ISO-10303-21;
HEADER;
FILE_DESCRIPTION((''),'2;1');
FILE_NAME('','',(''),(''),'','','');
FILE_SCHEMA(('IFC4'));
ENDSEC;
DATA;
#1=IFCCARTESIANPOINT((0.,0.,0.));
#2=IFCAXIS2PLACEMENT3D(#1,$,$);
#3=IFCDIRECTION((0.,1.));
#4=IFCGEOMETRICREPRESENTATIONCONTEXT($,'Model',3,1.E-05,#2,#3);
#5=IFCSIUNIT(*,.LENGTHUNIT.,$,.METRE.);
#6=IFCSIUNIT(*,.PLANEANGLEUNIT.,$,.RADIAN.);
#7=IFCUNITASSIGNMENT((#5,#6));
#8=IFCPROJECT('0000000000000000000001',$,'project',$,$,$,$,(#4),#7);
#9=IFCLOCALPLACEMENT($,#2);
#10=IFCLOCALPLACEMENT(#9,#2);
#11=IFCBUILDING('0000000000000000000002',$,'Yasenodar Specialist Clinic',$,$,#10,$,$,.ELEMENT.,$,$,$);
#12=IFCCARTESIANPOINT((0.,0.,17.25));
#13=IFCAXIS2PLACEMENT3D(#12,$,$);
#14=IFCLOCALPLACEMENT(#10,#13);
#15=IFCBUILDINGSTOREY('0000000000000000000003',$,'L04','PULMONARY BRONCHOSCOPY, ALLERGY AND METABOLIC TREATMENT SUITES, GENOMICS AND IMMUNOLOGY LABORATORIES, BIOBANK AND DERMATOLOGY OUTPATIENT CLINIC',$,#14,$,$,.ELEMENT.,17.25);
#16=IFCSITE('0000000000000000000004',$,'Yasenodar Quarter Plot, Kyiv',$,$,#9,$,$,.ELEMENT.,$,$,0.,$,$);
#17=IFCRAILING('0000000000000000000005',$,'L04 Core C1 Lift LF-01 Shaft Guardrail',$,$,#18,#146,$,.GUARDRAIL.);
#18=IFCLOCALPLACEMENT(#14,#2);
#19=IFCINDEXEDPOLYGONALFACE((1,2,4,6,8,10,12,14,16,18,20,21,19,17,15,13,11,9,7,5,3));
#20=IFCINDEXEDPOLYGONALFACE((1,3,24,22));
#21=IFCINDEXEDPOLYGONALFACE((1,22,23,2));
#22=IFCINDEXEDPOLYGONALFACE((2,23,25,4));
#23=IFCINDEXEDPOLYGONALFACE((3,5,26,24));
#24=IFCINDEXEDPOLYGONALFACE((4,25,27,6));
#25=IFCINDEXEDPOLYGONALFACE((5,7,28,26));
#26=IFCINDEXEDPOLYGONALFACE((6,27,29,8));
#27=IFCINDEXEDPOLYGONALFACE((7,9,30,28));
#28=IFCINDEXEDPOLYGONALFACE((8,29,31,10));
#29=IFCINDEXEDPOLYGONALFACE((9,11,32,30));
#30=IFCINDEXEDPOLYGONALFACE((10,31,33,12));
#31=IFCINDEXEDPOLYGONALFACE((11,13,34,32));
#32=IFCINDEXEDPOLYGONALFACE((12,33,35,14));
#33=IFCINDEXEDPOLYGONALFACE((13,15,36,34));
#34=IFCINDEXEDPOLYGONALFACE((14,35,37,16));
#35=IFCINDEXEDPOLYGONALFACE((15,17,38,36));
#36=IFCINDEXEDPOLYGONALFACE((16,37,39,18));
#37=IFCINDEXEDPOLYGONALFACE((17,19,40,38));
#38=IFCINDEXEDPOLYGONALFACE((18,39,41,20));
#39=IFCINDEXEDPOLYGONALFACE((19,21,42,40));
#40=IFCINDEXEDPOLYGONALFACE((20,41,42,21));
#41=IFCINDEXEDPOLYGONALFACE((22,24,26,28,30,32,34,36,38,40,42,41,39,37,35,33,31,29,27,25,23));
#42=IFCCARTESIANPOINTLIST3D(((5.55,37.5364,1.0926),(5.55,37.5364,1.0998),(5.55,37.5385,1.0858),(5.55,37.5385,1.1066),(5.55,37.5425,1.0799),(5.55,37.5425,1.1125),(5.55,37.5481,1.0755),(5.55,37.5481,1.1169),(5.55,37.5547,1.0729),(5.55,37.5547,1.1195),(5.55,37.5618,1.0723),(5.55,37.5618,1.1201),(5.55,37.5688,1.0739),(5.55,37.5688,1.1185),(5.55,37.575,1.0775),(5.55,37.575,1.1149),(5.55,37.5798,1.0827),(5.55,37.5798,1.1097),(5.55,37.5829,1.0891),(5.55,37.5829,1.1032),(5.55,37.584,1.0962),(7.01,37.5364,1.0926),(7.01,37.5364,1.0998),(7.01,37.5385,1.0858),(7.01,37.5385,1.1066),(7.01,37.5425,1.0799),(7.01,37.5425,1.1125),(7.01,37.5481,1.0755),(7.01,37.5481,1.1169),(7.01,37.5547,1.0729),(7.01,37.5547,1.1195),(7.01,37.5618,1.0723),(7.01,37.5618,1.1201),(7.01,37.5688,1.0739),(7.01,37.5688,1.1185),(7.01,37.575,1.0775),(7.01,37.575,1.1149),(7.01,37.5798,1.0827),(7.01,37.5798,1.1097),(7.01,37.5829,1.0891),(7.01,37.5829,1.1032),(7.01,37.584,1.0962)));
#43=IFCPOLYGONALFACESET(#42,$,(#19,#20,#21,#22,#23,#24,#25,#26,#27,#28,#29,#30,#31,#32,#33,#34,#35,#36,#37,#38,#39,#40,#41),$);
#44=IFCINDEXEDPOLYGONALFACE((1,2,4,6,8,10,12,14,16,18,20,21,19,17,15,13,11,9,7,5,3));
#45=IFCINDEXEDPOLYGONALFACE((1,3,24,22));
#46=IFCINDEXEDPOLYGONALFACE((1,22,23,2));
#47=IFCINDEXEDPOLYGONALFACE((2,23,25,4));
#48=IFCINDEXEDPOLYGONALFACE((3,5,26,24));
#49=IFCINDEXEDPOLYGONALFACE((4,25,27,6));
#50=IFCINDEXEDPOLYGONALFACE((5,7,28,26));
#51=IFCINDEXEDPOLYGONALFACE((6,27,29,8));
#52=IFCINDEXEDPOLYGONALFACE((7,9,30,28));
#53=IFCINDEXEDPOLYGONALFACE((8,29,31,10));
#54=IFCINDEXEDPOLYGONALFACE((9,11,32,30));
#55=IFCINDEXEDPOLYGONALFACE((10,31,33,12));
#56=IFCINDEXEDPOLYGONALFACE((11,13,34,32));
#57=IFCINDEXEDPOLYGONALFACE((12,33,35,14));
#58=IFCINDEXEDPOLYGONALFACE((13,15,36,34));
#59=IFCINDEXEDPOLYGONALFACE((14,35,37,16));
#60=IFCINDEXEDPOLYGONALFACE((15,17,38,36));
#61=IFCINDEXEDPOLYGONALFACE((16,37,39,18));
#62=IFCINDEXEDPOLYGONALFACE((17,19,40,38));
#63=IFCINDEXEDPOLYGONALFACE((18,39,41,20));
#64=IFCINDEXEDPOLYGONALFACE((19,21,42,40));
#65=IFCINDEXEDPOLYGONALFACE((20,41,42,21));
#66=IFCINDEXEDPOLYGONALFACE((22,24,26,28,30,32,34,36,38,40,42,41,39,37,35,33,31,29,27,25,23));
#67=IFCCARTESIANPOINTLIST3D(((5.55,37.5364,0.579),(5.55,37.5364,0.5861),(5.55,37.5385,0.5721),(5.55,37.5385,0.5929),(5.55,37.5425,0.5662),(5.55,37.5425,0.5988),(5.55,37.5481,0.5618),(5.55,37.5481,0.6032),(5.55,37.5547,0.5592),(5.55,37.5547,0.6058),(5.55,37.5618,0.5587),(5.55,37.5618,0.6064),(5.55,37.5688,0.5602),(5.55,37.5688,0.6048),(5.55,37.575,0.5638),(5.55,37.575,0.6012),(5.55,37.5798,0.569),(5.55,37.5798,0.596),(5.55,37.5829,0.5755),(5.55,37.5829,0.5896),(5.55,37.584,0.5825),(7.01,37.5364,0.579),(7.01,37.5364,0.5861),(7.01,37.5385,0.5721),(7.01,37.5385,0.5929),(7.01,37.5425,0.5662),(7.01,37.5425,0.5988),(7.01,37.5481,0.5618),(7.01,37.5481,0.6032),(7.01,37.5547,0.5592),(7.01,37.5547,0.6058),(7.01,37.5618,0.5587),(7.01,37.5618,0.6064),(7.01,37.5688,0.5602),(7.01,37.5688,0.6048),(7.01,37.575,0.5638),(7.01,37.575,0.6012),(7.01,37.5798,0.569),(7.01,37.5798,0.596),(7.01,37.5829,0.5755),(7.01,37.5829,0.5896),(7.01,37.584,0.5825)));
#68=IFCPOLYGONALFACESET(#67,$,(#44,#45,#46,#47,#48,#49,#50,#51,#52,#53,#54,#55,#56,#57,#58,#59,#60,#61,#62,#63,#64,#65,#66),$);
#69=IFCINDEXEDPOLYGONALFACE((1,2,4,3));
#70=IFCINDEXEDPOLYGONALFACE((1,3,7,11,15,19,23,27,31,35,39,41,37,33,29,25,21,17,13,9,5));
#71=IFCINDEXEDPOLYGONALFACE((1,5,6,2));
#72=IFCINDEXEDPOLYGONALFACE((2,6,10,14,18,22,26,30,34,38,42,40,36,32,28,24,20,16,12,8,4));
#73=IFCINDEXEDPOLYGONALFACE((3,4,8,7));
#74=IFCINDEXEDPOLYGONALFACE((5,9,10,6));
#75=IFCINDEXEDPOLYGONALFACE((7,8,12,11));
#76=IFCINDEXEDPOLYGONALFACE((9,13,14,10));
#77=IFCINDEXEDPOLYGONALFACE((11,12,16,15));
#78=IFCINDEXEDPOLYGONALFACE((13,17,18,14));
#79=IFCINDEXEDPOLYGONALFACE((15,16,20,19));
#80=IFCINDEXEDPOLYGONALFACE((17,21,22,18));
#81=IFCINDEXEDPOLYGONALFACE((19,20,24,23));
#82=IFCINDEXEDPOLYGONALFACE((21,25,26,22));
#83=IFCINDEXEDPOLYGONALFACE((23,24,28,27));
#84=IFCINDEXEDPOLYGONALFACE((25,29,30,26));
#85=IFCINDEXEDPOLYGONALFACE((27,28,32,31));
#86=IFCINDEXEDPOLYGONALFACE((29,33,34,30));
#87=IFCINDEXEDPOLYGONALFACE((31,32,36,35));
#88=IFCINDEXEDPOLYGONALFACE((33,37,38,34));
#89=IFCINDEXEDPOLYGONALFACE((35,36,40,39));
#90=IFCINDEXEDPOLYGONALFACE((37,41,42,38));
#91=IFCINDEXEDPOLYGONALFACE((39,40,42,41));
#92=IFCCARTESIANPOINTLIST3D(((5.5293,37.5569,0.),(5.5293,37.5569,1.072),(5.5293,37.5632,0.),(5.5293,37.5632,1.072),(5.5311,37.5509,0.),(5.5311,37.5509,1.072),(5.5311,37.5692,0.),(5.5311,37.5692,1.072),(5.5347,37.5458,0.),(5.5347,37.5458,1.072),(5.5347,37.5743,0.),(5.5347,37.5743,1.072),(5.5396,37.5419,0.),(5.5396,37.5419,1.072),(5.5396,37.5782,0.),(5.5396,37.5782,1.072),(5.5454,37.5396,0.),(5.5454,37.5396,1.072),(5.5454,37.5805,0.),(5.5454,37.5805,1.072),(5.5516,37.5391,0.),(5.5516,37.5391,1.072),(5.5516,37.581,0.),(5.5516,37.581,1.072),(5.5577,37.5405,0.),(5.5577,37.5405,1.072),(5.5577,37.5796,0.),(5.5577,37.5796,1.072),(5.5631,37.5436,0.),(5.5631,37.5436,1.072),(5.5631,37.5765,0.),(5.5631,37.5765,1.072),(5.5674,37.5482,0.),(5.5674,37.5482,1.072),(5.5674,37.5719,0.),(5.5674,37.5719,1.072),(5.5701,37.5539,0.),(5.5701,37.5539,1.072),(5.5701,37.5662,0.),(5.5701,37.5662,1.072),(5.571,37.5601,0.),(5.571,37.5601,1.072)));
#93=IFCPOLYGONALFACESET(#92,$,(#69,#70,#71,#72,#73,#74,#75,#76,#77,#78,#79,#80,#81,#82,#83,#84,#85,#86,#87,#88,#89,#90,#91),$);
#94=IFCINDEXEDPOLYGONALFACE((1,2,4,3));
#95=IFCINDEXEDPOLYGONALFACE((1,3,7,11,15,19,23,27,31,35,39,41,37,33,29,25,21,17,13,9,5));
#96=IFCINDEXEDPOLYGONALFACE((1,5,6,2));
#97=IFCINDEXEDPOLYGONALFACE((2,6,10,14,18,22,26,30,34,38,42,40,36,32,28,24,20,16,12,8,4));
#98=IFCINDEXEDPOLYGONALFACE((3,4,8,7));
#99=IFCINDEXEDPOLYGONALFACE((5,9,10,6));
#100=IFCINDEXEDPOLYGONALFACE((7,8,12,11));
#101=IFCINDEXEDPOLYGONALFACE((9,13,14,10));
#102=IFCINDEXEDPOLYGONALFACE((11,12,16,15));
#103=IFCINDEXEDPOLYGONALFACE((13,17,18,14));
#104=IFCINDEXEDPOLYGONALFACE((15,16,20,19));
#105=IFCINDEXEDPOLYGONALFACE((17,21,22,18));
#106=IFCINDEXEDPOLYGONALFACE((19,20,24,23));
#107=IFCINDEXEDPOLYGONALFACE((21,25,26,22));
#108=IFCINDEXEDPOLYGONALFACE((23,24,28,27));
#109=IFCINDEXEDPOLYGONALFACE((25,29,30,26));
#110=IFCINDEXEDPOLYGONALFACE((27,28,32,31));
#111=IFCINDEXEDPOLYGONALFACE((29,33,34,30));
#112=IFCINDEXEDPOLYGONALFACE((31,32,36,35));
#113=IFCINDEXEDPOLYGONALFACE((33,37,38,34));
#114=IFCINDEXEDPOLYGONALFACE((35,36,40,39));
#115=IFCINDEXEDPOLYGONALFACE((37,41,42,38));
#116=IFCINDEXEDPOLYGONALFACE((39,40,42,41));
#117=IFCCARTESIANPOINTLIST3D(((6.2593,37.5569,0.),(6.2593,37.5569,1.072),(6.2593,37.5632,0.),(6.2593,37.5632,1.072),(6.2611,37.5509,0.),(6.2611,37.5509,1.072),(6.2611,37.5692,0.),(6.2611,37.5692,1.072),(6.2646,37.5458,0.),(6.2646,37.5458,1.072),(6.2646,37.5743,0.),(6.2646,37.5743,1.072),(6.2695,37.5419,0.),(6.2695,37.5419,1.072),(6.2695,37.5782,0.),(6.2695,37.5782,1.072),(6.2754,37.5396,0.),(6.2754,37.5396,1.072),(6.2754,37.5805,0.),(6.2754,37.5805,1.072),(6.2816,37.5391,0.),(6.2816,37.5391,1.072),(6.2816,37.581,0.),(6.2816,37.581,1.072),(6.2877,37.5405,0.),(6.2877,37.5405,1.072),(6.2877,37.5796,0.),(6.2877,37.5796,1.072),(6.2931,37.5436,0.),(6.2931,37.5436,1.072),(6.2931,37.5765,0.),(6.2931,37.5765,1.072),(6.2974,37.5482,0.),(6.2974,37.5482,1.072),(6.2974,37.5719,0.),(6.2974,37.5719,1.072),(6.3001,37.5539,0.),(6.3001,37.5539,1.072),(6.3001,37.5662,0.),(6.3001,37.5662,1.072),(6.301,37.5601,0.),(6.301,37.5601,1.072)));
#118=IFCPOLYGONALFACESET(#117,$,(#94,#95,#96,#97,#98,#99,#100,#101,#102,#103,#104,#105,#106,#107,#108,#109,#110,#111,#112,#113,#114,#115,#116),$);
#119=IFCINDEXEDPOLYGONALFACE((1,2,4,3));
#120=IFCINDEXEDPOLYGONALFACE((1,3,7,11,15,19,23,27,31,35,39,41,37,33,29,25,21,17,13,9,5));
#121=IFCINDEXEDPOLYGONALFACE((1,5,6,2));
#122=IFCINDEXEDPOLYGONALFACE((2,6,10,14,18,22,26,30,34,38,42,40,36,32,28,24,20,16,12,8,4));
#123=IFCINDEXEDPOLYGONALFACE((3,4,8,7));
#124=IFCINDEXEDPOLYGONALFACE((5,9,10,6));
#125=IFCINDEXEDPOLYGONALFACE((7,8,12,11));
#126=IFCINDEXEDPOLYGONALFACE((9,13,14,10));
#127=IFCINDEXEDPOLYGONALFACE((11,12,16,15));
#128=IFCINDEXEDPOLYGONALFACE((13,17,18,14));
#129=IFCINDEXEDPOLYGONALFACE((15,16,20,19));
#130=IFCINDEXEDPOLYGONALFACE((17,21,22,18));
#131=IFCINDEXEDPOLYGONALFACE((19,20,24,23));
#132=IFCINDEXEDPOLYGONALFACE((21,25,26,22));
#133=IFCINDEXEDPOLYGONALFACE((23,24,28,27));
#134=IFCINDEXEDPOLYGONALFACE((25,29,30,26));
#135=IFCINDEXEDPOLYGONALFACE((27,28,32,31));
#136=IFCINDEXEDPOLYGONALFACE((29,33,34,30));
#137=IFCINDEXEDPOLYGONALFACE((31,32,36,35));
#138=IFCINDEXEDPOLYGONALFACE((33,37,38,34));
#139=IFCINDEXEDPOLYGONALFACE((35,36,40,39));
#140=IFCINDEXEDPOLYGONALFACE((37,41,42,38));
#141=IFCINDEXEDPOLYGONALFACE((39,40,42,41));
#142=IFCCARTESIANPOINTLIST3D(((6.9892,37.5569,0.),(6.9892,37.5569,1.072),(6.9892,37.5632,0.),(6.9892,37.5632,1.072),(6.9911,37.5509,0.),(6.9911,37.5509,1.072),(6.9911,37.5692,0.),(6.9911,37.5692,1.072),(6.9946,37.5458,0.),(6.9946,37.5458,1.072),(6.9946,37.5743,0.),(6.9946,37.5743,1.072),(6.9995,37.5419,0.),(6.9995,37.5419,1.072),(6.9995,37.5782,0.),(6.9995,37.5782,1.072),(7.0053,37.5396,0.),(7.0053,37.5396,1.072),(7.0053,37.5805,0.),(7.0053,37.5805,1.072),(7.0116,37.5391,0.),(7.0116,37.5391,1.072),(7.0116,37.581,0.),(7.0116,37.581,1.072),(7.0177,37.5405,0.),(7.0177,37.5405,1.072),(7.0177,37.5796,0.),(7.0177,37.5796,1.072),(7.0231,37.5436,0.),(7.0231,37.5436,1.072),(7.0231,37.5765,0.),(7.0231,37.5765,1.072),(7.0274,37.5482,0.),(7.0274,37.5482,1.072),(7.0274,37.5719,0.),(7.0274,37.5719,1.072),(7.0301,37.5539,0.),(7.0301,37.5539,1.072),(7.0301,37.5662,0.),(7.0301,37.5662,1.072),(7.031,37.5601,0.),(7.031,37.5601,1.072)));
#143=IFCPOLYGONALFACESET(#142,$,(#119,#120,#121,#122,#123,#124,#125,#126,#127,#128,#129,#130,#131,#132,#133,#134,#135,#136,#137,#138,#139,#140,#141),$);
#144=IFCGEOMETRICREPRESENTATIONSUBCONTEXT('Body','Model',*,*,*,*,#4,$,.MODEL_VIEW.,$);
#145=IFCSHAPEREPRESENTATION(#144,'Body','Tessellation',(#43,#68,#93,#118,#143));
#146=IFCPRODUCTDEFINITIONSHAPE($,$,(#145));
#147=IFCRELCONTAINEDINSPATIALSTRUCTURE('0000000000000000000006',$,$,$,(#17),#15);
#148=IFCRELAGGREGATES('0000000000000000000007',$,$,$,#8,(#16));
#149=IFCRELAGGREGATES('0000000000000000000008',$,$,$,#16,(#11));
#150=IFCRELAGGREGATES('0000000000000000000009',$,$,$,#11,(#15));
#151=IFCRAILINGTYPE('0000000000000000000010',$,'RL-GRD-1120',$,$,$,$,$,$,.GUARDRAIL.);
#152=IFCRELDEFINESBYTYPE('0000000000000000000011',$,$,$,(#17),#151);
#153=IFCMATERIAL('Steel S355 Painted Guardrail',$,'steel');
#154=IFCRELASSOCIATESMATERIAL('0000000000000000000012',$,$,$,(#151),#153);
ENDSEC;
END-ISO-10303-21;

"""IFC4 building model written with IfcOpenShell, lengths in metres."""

from ifc_helpers import new_model, si_unit, direction, frame, origin, origin_2d, place, context, subcontext, project, spatial, circle, extrude, material, type_object, element, save


model = new_model("IFC4")

# Units and contexts
model_context = context("Model", 3, precision=1e-05, world=origin(), true_north=direction((0.0, 1.0)))
body_context = subcontext(model_context, "Body", "Model", "MODEL_VIEW")
ifc_project = project(units=[si_unit("LENGTHUNIT", "METRE"), si_unit("PLANEANGLEUNIT", "RADIAN")], contexts=[model_context])

# Site, building, storey
site_placement = place(None, origin())
site = spatial("IfcSite", under=ifc_project, at=site_placement, Name="Yasenodar Quarter Plot, Kyiv", CompositionType="ELEMENT", RefElevation=0.0)
building_placement = place(site_placement, origin())
building = spatial("IfcBuilding", under=site, at=building_placement, Name="Yasenodar Specialist Clinic", CompositionType="ELEMENT")
storey_placement = place(building_placement, frame((0.0, 0.0, 17.25)))
storey = spatial("IfcBuildingStorey", under=building, at=storey_placement, Name="L04", Description="PULMONARY BRONCHOSCOPY, ALLERGY AND METABOLIC TREATMENT SUITES, GENOMICS AND IMMUNOLOGY LABORATORIES, BIOBANK AND DERMATOLOGY OUTPATIENT CLINIC", CompositionType="ELEMENT", Elevation=17.25)

# Railing
ifc_material_1 = material(Name="Steel S355 Painted Guardrail", Category="steel")
railing_type = type_object("IfcRailingType", Name="RL-GRD-1120", PredefinedType="GUARDRAIL", material=ifc_material_1)
railing_placement = place(storey_placement, frame((5.55, 37.5601, 0.0)))
element("IfcRailing", 1, at=railing_placement, inside=storey, type_object=railing_type, Name="L04 Core C1 Lift LF-01 Shaft Guardrail", PredefinedType="GUARDRAIL", context=body_context, shape_type="SweptSolid", body=[
    extrude(circle(Radius=0.0239, at=origin_2d()), frame((0.0, 0.0, 1.0962), z_axis=(1.0, 0.0, 0.0), x_axis=(0.0, 1.0, 0.0)), (0.0, 0.0, 1.0), 1.46),
    extrude(circle(Radius=0.0239, at=origin_2d()), frame((0.0, 0.0, 0.5825), z_axis=(1.0, 0.0, 0.0), x_axis=(0.0, 1.0, 0.0)), (0.0, 0.0, 1.0), 1.46),
    extrude(circle(Radius=0.021, at=origin_2d()), origin(), (0.0, 0.0, 1.0), 1.072),
    extrude(circle(Radius=0.021, at=origin_2d()), frame((0.73, 0.0, 0.0)), (0.0, 0.0, 1.0), 1.072),
    extrude(circle(Radius=0.021, at=origin_2d()), frame((1.46, 0.0, 0.0)), (0.0, 0.0, 1.0), 1.072),
])

save(model, "model.ifc")
